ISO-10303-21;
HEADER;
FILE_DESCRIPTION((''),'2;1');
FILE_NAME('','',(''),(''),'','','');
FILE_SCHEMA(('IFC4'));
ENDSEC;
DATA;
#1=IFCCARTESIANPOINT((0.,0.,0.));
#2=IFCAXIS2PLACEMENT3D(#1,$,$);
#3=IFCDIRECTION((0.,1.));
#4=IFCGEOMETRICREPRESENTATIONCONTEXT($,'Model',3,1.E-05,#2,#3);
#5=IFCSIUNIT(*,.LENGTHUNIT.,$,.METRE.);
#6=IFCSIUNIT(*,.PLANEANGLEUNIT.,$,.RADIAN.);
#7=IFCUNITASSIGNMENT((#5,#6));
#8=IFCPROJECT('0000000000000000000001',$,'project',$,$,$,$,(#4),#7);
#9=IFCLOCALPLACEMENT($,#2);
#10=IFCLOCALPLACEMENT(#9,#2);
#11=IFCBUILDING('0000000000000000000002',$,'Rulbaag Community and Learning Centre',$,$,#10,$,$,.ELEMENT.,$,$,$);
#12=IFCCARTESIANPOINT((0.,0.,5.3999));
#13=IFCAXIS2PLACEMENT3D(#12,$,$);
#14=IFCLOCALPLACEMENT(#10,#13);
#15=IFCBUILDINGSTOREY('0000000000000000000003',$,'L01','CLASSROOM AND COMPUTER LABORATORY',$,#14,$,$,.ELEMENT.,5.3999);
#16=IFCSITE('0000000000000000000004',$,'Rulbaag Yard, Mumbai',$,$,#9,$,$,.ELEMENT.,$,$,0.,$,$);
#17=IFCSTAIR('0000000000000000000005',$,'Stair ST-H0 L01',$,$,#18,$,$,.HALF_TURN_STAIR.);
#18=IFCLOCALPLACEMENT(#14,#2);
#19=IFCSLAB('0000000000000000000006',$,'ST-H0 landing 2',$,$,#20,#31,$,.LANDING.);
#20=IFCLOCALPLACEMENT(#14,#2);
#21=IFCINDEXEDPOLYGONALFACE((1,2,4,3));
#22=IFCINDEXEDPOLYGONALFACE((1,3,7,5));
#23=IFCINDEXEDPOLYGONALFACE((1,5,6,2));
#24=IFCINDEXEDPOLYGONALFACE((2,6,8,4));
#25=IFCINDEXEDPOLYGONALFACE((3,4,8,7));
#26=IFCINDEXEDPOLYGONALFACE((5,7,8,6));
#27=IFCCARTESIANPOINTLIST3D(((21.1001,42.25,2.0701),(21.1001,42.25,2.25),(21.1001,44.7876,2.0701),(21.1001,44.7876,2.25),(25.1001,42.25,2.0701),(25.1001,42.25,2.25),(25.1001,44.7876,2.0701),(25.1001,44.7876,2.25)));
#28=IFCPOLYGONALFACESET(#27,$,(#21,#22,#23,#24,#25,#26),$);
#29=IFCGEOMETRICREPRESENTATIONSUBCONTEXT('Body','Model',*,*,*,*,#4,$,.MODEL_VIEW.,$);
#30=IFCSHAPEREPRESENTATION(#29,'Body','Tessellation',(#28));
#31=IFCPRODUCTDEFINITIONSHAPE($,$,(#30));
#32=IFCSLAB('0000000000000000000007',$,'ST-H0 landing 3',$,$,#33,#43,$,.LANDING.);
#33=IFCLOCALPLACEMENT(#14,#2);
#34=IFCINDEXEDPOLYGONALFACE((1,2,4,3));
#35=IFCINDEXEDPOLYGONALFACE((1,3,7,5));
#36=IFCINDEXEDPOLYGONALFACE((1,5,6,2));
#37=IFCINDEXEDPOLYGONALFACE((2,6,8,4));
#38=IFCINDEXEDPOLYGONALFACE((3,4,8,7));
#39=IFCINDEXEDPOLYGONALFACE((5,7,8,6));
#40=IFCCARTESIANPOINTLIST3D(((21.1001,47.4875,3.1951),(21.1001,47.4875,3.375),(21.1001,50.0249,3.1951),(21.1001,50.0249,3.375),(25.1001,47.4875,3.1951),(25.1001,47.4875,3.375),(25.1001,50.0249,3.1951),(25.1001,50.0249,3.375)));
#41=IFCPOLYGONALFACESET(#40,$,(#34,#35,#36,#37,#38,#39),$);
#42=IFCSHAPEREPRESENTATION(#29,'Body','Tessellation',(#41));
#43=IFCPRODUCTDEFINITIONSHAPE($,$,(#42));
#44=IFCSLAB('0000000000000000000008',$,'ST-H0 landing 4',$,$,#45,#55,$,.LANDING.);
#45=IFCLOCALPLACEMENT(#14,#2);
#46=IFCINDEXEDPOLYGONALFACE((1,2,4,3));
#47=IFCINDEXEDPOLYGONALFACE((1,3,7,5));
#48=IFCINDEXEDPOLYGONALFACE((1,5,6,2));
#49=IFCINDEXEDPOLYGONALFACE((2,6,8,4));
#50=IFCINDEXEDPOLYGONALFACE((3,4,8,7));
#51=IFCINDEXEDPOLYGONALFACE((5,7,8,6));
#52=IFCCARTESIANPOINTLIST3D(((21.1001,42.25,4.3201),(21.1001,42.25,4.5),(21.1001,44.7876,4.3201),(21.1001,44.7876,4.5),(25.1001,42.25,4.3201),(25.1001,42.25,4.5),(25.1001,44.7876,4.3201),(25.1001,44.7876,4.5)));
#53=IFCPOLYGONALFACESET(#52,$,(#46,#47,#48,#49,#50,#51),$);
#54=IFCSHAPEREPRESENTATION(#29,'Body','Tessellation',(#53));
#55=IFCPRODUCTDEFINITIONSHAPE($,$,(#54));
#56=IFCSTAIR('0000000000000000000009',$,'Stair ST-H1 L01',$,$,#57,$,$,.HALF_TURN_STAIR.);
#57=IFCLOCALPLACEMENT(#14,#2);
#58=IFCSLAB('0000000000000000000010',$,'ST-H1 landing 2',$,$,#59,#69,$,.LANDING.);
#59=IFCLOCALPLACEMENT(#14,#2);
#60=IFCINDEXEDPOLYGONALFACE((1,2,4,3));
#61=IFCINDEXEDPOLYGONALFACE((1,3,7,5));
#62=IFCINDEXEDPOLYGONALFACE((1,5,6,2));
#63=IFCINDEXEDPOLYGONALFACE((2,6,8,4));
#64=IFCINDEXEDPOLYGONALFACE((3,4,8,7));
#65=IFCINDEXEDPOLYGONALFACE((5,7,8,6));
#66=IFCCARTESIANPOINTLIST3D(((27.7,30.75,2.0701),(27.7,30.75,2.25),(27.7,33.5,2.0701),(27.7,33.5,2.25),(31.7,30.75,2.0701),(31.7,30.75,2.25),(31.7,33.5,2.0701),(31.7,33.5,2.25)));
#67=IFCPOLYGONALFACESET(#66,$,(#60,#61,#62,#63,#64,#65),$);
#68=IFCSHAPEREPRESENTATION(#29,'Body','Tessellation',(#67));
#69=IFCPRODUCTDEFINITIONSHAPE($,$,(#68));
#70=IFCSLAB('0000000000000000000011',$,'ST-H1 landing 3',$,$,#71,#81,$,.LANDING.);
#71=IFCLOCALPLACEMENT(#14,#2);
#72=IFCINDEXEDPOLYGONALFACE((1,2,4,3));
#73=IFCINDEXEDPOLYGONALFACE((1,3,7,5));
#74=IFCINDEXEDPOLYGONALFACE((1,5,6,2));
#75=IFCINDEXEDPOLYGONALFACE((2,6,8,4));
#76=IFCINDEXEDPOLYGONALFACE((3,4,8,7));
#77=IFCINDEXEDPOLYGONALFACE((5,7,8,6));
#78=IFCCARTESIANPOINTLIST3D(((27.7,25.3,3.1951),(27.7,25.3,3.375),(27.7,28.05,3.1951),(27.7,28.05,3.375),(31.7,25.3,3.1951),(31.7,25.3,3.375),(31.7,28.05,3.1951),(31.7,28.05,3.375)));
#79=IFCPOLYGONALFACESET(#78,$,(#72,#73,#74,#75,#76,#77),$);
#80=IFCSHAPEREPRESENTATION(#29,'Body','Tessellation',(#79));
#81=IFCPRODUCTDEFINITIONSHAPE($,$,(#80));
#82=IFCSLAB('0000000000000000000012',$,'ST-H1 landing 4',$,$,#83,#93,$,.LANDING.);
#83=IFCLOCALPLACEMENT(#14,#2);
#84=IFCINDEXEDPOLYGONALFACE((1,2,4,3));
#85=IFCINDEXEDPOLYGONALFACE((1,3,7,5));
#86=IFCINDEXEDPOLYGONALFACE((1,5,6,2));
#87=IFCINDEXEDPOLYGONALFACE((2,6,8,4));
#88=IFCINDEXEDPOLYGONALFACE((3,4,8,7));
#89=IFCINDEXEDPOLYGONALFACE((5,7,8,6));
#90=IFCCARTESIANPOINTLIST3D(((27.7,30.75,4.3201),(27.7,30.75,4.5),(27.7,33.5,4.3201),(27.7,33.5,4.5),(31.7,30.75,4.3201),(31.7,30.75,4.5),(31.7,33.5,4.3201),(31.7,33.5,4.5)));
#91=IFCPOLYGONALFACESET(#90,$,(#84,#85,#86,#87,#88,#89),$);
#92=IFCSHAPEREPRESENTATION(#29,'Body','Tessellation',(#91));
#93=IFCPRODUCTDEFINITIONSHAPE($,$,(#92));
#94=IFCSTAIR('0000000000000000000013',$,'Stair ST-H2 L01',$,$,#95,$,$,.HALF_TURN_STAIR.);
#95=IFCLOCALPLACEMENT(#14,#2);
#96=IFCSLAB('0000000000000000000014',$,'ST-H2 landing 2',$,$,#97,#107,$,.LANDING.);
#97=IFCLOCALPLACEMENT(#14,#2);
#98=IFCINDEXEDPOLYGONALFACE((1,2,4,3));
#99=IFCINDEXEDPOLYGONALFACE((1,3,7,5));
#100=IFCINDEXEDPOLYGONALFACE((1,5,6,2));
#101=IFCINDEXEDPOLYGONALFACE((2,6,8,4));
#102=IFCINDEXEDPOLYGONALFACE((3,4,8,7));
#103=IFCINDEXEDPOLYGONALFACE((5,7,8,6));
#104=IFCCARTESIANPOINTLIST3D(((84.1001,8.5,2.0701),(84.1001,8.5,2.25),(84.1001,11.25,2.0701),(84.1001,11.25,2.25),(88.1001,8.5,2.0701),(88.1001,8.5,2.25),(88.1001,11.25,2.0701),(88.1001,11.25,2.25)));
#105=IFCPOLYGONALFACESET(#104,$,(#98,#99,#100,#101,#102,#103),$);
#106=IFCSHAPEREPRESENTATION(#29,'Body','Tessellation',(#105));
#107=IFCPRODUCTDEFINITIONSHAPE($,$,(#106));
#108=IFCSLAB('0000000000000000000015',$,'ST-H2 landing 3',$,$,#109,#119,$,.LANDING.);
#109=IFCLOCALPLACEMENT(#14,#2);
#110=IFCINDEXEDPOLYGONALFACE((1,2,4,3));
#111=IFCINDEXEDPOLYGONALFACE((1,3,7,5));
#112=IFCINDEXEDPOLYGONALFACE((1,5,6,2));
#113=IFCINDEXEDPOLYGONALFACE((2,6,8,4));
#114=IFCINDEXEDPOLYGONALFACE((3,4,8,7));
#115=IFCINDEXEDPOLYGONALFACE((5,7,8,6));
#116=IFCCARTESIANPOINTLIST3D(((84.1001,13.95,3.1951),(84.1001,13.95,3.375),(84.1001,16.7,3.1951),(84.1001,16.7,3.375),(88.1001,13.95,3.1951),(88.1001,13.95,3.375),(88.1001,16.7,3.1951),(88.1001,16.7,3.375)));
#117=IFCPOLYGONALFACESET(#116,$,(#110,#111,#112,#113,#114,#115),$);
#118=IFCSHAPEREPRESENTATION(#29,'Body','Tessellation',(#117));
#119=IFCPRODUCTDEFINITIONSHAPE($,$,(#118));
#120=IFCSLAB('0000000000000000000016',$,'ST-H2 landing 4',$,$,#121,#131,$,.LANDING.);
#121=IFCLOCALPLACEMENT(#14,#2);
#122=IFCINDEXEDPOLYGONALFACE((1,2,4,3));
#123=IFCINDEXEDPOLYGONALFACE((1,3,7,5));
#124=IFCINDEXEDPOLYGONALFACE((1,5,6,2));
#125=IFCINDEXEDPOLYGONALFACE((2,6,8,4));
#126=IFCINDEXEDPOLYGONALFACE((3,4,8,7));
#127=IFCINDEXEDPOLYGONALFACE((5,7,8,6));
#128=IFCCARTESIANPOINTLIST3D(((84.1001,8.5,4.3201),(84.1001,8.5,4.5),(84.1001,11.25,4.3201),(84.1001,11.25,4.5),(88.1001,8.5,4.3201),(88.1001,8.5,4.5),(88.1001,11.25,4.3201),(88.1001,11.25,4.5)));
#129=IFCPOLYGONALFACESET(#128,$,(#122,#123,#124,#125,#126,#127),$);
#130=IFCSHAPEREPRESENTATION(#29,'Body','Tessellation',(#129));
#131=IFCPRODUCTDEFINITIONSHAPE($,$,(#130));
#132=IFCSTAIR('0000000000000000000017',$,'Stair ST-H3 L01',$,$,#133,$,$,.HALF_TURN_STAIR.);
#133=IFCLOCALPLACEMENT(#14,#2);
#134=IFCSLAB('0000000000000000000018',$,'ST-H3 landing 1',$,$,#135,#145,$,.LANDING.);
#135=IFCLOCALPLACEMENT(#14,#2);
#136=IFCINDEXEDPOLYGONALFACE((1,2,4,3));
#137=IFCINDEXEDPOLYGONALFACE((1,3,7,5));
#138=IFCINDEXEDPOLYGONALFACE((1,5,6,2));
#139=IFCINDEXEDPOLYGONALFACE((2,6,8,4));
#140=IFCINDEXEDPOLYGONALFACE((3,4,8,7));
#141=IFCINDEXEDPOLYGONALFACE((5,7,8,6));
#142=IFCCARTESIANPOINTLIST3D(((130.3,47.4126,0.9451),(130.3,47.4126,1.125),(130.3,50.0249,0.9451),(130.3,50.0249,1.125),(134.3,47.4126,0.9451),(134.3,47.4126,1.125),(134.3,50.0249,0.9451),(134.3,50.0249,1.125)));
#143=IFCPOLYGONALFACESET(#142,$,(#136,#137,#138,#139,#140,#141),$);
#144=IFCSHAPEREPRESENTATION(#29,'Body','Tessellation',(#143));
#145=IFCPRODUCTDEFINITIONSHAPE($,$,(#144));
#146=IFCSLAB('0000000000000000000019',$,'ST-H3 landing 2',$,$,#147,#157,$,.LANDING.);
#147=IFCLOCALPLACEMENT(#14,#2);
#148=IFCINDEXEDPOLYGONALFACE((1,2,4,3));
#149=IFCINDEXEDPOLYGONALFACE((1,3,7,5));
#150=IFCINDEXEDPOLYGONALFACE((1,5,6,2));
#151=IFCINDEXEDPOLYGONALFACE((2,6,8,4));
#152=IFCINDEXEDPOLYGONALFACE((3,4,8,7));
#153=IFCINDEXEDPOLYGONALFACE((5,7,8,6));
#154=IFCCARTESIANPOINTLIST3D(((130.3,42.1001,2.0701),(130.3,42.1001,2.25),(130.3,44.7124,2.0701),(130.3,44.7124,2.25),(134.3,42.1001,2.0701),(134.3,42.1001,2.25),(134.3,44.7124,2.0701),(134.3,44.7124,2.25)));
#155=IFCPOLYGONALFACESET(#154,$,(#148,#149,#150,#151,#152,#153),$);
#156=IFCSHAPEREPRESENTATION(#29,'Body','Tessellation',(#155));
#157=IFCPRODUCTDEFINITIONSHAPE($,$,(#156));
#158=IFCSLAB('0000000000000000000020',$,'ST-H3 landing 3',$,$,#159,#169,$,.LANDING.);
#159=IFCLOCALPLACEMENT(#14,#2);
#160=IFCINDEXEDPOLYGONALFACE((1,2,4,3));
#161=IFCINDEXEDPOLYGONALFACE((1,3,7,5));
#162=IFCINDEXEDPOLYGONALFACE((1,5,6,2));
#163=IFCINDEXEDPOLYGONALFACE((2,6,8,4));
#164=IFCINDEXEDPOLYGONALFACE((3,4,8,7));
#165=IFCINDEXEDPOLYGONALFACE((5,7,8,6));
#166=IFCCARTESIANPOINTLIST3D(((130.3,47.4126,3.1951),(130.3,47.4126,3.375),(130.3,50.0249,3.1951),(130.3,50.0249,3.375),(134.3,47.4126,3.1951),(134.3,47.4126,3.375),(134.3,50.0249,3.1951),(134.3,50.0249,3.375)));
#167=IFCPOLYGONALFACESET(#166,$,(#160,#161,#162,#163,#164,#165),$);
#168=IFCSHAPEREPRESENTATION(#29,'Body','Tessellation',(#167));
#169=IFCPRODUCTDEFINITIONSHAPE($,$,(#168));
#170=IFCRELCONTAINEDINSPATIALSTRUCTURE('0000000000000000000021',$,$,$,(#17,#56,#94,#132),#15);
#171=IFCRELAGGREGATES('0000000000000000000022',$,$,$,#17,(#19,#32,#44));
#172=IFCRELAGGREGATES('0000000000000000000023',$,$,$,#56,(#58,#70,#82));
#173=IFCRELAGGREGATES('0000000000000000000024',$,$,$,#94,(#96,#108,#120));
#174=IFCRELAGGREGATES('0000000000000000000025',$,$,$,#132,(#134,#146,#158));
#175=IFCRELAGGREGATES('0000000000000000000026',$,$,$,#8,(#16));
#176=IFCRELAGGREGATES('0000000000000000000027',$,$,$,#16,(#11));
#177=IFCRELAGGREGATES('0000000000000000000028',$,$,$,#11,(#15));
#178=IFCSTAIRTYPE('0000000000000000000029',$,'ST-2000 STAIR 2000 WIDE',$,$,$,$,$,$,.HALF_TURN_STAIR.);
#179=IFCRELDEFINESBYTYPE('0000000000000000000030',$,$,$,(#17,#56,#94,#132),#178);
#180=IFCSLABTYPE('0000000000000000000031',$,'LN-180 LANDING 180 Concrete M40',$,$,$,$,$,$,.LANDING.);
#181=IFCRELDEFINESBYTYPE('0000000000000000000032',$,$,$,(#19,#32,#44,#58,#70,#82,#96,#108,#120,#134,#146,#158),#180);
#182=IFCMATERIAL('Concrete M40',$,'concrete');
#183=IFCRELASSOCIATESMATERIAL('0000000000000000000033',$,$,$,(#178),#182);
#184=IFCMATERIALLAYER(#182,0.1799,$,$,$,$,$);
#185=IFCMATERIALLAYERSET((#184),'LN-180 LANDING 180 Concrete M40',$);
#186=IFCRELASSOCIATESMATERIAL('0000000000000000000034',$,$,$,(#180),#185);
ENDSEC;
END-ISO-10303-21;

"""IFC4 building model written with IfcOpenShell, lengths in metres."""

from ifc_helpers import new_model, si_unit, direction, frame, origin, place, context, subcontext, project, spatial, polyline, outline, extrude, material, layer, layer_set, type_object, element, aggregate, save


model = new_model("IFC4")

# Units and contexts
model_context = context("Model", 3, precision=1e-05, world=origin(), true_north=direction((0.0, 1.0)))
body_context = subcontext(model_context, "Body", "Model", "MODEL_VIEW")
ifc_project = project(units=[si_unit("LENGTHUNIT", "METRE"), si_unit("PLANEANGLEUNIT", "RADIAN")], contexts=[model_context])

# Site, building, storey
site_placement = place(None, origin())
site = spatial("IfcSite", under=ifc_project, at=site_placement, Name="Rulbaag Yard, Mumbai", CompositionType="ELEMENT", RefElevation=0.0)
building_placement = place(site_placement, origin())
building = spatial("IfcBuilding", under=site, at=building_placement, Name="Rulbaag Community and Learning Centre", CompositionType="ELEMENT")
storey_placement = place(building_placement, frame((0.0, 0.0, 5.3999)))
storey = spatial("IfcBuildingStorey", under=building, at=storey_placement, Name="L01", Description="CLASSROOM AND COMPUTER LABORATORY", CompositionType="ELEMENT", Elevation=5.3999)

# Stairs, slabs
ifc_material = material(Name="Concrete M40", Category="concrete")
stair_type = type_object("IfcStairType", Name="ST-2000 STAIR 2000 WIDE", PredefinedType="HALF_TURN_STAIR", material=ifc_material)
stair_1_placement = place(storey_placement, origin())
stair_1 = element("IfcStair", 1, at=stair_1_placement, inside=storey, type_object=stair_type, Name="Stair ST-H0 L01", PredefinedType="HALF_TURN_STAIR")
ifc_layer = layer(ifc_material, 0.1799)
ifc_layer_set = layer_set([ifc_layer], Name="LN-180 LANDING 180 Concrete M40")
slab_type = type_object("IfcSlabType", Name="LN-180 LANDING 180 Concrete M40", PredefinedType="LANDING", material=ifc_layer_set)
slab_1_placement = place(storey_placement, frame((0.0, 0.0, 2.0701)))
slab_1 = element("IfcSlab", 2, at=slab_1_placement, type_object=slab_type, Name="ST-H0 landing 2", PredefinedType="LANDING", context=body_context, shape_type="SweptSolid", body=[
    extrude(outline(polyline([(21.1001, 42.25), (21.1001, 44.7876), (25.1001, 44.7876), (25.1001, 42.25), (21.1001, 42.25)])), origin(), (0.0, 0.0, 1.0), 0.1799),
])
slab_2_placement = place(storey_placement, frame((0.0, 0.0, 3.1951)))
slab_2 = element("IfcSlab", 3, at=slab_2_placement, type_object=slab_type, Name="ST-H0 landing 3", PredefinedType="LANDING", context=body_context, shape_type="SweptSolid", body=[
    extrude(outline(polyline([(21.1001, 47.4875), (21.1001, 50.0249), (25.1001, 50.0249), (25.1001, 47.4875), (21.1001, 47.4875)])), origin(), (0.0, 0.0, 1.0), 0.1799),
])
slab_3_placement = place(storey_placement, frame((0.0, 0.0, 4.3201)))
slab_3 = element("IfcSlab", 4, at=slab_3_placement, type_object=slab_type, Name="ST-H0 landing 4", PredefinedType="LANDING", context=body_context, shape_type="SweptSolid", body=[
    extrude(outline(polyline([(21.1001, 42.25), (21.1001, 44.7876), (25.1001, 44.7876), (25.1001, 42.25), (21.1001, 42.25)])), origin(), (0.0, 0.0, 1.0), 0.1799),
])
aggregate(stair_1, [slab_1, slab_2, slab_3])
stair_2_placement = place(storey_placement, origin())
stair_2 = element("IfcStair", 5, at=stair_2_placement, inside=storey, type_object=stair_type, Name="Stair ST-H1 L01", PredefinedType="HALF_TURN_STAIR")
slab_4_placement = place(storey_placement, frame((0.0, 0.0, 2.0701)))
slab_4 = element("IfcSlab", 6, at=slab_4_placement, type_object=slab_type, Name="ST-H1 landing 2", PredefinedType="LANDING", context=body_context, shape_type="SweptSolid", body=[
    extrude(outline(polyline([(27.7, 30.75), (27.7, 33.5), (31.7, 33.5), (31.7, 30.75), (27.7, 30.75)])), origin(), (0.0, 0.0, 1.0), 0.1799),
])
slab_5_placement = place(storey_placement, frame((0.0, 0.0, 3.1951)))
slab_5 = element("IfcSlab", 7, at=slab_5_placement, type_object=slab_type, Name="ST-H1 landing 3", PredefinedType="LANDING", context=body_context, shape_type="SweptSolid", body=[
    extrude(outline(polyline([(27.7, 25.3), (27.7, 28.05), (31.7, 28.05), (31.7, 25.3), (27.7, 25.3)])), origin(), (0.0, 0.0, 1.0), 0.1799),
])
slab_6_placement = place(storey_placement, frame((0.0, 0.0, 4.3201)))
slab_6 = element("IfcSlab", 8, at=slab_6_placement, type_object=slab_type, Name="ST-H1 landing 4", PredefinedType="LANDING", context=body_context, shape_type="SweptSolid", body=[
    extrude(outline(polyline([(27.7, 30.75), (27.7, 33.5), (31.7, 33.5), (31.7, 30.75), (27.7, 30.75)])), origin(), (0.0, 0.0, 1.0), 0.1799),
])
aggregate(stair_2, [slab_4, slab_5, slab_6])
stair_3_placement = place(storey_placement, origin())
stair_3 = element("IfcStair", 9, at=stair_3_placement, inside=storey, type_object=stair_type, Name="Stair ST-H2 L01", PredefinedType="HALF_TURN_STAIR")
slab_7_placement = place(storey_placement, frame((0.0, 0.0, 2.0701)))
slab_7 = element("IfcSlab", 10, at=slab_7_placement, type_object=slab_type, Name="ST-H2 landing 2", PredefinedType="LANDING", context=body_context, shape_type="SweptSolid", body=[
    extrude(outline(polyline([(84.1001, 8.5), (84.1001, 11.25), (88.1001, 11.25), (88.1001, 8.5), (84.1001, 8.5)])), origin(), (0.0, 0.0, 1.0), 0.1799),
])
slab_8_placement = place(storey_placement, frame((0.0, 0.0, 3.1951)))
slab_8 = element("IfcSlab", 11, at=slab_8_placement, type_object=slab_type, Name="ST-H2 landing 3", PredefinedType="LANDING", context=body_context, shape_type="SweptSolid", body=[
    extrude(outline(polyline([(84.1001, 13.95), (84.1001, 16.7), (88.1001, 16.7), (88.1001, 13.95), (84.1001, 13.95)])), origin(), (0.0, 0.0, 1.0), 0.1799),
])
slab_9_placement = place(storey_placement, frame((0.0, 0.0, 4.3201)))
slab_9 = element("IfcSlab", 12, at=slab_9_placement, type_object=slab_type, Name="ST-H2 landing 4", PredefinedType="LANDING", context=body_context, shape_type="SweptSolid", body=[
    extrude(outline(polyline([(84.1001, 8.5), (84.1001, 11.25), (88.1001, 11.25), (88.1001, 8.5), (84.1001, 8.5)])), origin(), (0.0, 0.0, 1.0), 0.1799),
])
aggregate(stair_3, [slab_7, slab_8, slab_9])
stair_4_placement = place(storey_placement, origin())
stair_4 = element("IfcStair", 13, at=stair_4_placement, inside=storey, type_object=stair_type, Name="Stair ST-H3 L01", PredefinedType="HALF_TURN_STAIR")
slab_10_placement = place(storey_placement, frame((0.0, 0.0, 0.9451)))
slab_10 = element("IfcSlab", 14, at=slab_10_placement, type_object=slab_type, Name="ST-H3 landing 1", PredefinedType="LANDING", context=body_context, shape_type="SweptSolid", body=[
    extrude(outline(polyline([(130.3, 47.4126), (130.3, 50.0249), (134.3, 50.0249), (134.3, 47.4126), (130.3, 47.4126)])), origin(), (0.0, 0.0, 1.0), 0.1799),
])
slab_11_placement = place(storey_placement, frame((0.0, 0.0, 2.0701)))
slab_11 = element("IfcSlab", 15, at=slab_11_placement, type_object=slab_type, Name="ST-H3 landing 2", PredefinedType="LANDING", context=body_context, shape_type="SweptSolid", body=[
    extrude(outline(polyline([(130.3, 42.1001), (130.3, 44.7124), (134.3, 44.7124), (134.3, 42.1001), (130.3, 42.1001)])), origin(), (0.0, 0.0, 1.0), 0.1799),
])
slab_12_placement = place(storey_placement, frame((0.0, 0.0, 3.1951)))
slab_12 = element("IfcSlab", 16, at=slab_12_placement, type_object=slab_type, Name="ST-H3 landing 3", PredefinedType="LANDING", context=body_context, shape_type="SweptSolid", body=[
    extrude(outline(polyline([(130.3, 47.4126), (130.3, 50.0249), (134.3, 50.0249), (134.3, 47.4126), (130.3, 47.4126)])), origin(), (0.0, 0.0, 1.0), 0.1799),
])
aggregate(stair_4, [slab_10, slab_11, slab_12])

save(model, "model.ifc")
